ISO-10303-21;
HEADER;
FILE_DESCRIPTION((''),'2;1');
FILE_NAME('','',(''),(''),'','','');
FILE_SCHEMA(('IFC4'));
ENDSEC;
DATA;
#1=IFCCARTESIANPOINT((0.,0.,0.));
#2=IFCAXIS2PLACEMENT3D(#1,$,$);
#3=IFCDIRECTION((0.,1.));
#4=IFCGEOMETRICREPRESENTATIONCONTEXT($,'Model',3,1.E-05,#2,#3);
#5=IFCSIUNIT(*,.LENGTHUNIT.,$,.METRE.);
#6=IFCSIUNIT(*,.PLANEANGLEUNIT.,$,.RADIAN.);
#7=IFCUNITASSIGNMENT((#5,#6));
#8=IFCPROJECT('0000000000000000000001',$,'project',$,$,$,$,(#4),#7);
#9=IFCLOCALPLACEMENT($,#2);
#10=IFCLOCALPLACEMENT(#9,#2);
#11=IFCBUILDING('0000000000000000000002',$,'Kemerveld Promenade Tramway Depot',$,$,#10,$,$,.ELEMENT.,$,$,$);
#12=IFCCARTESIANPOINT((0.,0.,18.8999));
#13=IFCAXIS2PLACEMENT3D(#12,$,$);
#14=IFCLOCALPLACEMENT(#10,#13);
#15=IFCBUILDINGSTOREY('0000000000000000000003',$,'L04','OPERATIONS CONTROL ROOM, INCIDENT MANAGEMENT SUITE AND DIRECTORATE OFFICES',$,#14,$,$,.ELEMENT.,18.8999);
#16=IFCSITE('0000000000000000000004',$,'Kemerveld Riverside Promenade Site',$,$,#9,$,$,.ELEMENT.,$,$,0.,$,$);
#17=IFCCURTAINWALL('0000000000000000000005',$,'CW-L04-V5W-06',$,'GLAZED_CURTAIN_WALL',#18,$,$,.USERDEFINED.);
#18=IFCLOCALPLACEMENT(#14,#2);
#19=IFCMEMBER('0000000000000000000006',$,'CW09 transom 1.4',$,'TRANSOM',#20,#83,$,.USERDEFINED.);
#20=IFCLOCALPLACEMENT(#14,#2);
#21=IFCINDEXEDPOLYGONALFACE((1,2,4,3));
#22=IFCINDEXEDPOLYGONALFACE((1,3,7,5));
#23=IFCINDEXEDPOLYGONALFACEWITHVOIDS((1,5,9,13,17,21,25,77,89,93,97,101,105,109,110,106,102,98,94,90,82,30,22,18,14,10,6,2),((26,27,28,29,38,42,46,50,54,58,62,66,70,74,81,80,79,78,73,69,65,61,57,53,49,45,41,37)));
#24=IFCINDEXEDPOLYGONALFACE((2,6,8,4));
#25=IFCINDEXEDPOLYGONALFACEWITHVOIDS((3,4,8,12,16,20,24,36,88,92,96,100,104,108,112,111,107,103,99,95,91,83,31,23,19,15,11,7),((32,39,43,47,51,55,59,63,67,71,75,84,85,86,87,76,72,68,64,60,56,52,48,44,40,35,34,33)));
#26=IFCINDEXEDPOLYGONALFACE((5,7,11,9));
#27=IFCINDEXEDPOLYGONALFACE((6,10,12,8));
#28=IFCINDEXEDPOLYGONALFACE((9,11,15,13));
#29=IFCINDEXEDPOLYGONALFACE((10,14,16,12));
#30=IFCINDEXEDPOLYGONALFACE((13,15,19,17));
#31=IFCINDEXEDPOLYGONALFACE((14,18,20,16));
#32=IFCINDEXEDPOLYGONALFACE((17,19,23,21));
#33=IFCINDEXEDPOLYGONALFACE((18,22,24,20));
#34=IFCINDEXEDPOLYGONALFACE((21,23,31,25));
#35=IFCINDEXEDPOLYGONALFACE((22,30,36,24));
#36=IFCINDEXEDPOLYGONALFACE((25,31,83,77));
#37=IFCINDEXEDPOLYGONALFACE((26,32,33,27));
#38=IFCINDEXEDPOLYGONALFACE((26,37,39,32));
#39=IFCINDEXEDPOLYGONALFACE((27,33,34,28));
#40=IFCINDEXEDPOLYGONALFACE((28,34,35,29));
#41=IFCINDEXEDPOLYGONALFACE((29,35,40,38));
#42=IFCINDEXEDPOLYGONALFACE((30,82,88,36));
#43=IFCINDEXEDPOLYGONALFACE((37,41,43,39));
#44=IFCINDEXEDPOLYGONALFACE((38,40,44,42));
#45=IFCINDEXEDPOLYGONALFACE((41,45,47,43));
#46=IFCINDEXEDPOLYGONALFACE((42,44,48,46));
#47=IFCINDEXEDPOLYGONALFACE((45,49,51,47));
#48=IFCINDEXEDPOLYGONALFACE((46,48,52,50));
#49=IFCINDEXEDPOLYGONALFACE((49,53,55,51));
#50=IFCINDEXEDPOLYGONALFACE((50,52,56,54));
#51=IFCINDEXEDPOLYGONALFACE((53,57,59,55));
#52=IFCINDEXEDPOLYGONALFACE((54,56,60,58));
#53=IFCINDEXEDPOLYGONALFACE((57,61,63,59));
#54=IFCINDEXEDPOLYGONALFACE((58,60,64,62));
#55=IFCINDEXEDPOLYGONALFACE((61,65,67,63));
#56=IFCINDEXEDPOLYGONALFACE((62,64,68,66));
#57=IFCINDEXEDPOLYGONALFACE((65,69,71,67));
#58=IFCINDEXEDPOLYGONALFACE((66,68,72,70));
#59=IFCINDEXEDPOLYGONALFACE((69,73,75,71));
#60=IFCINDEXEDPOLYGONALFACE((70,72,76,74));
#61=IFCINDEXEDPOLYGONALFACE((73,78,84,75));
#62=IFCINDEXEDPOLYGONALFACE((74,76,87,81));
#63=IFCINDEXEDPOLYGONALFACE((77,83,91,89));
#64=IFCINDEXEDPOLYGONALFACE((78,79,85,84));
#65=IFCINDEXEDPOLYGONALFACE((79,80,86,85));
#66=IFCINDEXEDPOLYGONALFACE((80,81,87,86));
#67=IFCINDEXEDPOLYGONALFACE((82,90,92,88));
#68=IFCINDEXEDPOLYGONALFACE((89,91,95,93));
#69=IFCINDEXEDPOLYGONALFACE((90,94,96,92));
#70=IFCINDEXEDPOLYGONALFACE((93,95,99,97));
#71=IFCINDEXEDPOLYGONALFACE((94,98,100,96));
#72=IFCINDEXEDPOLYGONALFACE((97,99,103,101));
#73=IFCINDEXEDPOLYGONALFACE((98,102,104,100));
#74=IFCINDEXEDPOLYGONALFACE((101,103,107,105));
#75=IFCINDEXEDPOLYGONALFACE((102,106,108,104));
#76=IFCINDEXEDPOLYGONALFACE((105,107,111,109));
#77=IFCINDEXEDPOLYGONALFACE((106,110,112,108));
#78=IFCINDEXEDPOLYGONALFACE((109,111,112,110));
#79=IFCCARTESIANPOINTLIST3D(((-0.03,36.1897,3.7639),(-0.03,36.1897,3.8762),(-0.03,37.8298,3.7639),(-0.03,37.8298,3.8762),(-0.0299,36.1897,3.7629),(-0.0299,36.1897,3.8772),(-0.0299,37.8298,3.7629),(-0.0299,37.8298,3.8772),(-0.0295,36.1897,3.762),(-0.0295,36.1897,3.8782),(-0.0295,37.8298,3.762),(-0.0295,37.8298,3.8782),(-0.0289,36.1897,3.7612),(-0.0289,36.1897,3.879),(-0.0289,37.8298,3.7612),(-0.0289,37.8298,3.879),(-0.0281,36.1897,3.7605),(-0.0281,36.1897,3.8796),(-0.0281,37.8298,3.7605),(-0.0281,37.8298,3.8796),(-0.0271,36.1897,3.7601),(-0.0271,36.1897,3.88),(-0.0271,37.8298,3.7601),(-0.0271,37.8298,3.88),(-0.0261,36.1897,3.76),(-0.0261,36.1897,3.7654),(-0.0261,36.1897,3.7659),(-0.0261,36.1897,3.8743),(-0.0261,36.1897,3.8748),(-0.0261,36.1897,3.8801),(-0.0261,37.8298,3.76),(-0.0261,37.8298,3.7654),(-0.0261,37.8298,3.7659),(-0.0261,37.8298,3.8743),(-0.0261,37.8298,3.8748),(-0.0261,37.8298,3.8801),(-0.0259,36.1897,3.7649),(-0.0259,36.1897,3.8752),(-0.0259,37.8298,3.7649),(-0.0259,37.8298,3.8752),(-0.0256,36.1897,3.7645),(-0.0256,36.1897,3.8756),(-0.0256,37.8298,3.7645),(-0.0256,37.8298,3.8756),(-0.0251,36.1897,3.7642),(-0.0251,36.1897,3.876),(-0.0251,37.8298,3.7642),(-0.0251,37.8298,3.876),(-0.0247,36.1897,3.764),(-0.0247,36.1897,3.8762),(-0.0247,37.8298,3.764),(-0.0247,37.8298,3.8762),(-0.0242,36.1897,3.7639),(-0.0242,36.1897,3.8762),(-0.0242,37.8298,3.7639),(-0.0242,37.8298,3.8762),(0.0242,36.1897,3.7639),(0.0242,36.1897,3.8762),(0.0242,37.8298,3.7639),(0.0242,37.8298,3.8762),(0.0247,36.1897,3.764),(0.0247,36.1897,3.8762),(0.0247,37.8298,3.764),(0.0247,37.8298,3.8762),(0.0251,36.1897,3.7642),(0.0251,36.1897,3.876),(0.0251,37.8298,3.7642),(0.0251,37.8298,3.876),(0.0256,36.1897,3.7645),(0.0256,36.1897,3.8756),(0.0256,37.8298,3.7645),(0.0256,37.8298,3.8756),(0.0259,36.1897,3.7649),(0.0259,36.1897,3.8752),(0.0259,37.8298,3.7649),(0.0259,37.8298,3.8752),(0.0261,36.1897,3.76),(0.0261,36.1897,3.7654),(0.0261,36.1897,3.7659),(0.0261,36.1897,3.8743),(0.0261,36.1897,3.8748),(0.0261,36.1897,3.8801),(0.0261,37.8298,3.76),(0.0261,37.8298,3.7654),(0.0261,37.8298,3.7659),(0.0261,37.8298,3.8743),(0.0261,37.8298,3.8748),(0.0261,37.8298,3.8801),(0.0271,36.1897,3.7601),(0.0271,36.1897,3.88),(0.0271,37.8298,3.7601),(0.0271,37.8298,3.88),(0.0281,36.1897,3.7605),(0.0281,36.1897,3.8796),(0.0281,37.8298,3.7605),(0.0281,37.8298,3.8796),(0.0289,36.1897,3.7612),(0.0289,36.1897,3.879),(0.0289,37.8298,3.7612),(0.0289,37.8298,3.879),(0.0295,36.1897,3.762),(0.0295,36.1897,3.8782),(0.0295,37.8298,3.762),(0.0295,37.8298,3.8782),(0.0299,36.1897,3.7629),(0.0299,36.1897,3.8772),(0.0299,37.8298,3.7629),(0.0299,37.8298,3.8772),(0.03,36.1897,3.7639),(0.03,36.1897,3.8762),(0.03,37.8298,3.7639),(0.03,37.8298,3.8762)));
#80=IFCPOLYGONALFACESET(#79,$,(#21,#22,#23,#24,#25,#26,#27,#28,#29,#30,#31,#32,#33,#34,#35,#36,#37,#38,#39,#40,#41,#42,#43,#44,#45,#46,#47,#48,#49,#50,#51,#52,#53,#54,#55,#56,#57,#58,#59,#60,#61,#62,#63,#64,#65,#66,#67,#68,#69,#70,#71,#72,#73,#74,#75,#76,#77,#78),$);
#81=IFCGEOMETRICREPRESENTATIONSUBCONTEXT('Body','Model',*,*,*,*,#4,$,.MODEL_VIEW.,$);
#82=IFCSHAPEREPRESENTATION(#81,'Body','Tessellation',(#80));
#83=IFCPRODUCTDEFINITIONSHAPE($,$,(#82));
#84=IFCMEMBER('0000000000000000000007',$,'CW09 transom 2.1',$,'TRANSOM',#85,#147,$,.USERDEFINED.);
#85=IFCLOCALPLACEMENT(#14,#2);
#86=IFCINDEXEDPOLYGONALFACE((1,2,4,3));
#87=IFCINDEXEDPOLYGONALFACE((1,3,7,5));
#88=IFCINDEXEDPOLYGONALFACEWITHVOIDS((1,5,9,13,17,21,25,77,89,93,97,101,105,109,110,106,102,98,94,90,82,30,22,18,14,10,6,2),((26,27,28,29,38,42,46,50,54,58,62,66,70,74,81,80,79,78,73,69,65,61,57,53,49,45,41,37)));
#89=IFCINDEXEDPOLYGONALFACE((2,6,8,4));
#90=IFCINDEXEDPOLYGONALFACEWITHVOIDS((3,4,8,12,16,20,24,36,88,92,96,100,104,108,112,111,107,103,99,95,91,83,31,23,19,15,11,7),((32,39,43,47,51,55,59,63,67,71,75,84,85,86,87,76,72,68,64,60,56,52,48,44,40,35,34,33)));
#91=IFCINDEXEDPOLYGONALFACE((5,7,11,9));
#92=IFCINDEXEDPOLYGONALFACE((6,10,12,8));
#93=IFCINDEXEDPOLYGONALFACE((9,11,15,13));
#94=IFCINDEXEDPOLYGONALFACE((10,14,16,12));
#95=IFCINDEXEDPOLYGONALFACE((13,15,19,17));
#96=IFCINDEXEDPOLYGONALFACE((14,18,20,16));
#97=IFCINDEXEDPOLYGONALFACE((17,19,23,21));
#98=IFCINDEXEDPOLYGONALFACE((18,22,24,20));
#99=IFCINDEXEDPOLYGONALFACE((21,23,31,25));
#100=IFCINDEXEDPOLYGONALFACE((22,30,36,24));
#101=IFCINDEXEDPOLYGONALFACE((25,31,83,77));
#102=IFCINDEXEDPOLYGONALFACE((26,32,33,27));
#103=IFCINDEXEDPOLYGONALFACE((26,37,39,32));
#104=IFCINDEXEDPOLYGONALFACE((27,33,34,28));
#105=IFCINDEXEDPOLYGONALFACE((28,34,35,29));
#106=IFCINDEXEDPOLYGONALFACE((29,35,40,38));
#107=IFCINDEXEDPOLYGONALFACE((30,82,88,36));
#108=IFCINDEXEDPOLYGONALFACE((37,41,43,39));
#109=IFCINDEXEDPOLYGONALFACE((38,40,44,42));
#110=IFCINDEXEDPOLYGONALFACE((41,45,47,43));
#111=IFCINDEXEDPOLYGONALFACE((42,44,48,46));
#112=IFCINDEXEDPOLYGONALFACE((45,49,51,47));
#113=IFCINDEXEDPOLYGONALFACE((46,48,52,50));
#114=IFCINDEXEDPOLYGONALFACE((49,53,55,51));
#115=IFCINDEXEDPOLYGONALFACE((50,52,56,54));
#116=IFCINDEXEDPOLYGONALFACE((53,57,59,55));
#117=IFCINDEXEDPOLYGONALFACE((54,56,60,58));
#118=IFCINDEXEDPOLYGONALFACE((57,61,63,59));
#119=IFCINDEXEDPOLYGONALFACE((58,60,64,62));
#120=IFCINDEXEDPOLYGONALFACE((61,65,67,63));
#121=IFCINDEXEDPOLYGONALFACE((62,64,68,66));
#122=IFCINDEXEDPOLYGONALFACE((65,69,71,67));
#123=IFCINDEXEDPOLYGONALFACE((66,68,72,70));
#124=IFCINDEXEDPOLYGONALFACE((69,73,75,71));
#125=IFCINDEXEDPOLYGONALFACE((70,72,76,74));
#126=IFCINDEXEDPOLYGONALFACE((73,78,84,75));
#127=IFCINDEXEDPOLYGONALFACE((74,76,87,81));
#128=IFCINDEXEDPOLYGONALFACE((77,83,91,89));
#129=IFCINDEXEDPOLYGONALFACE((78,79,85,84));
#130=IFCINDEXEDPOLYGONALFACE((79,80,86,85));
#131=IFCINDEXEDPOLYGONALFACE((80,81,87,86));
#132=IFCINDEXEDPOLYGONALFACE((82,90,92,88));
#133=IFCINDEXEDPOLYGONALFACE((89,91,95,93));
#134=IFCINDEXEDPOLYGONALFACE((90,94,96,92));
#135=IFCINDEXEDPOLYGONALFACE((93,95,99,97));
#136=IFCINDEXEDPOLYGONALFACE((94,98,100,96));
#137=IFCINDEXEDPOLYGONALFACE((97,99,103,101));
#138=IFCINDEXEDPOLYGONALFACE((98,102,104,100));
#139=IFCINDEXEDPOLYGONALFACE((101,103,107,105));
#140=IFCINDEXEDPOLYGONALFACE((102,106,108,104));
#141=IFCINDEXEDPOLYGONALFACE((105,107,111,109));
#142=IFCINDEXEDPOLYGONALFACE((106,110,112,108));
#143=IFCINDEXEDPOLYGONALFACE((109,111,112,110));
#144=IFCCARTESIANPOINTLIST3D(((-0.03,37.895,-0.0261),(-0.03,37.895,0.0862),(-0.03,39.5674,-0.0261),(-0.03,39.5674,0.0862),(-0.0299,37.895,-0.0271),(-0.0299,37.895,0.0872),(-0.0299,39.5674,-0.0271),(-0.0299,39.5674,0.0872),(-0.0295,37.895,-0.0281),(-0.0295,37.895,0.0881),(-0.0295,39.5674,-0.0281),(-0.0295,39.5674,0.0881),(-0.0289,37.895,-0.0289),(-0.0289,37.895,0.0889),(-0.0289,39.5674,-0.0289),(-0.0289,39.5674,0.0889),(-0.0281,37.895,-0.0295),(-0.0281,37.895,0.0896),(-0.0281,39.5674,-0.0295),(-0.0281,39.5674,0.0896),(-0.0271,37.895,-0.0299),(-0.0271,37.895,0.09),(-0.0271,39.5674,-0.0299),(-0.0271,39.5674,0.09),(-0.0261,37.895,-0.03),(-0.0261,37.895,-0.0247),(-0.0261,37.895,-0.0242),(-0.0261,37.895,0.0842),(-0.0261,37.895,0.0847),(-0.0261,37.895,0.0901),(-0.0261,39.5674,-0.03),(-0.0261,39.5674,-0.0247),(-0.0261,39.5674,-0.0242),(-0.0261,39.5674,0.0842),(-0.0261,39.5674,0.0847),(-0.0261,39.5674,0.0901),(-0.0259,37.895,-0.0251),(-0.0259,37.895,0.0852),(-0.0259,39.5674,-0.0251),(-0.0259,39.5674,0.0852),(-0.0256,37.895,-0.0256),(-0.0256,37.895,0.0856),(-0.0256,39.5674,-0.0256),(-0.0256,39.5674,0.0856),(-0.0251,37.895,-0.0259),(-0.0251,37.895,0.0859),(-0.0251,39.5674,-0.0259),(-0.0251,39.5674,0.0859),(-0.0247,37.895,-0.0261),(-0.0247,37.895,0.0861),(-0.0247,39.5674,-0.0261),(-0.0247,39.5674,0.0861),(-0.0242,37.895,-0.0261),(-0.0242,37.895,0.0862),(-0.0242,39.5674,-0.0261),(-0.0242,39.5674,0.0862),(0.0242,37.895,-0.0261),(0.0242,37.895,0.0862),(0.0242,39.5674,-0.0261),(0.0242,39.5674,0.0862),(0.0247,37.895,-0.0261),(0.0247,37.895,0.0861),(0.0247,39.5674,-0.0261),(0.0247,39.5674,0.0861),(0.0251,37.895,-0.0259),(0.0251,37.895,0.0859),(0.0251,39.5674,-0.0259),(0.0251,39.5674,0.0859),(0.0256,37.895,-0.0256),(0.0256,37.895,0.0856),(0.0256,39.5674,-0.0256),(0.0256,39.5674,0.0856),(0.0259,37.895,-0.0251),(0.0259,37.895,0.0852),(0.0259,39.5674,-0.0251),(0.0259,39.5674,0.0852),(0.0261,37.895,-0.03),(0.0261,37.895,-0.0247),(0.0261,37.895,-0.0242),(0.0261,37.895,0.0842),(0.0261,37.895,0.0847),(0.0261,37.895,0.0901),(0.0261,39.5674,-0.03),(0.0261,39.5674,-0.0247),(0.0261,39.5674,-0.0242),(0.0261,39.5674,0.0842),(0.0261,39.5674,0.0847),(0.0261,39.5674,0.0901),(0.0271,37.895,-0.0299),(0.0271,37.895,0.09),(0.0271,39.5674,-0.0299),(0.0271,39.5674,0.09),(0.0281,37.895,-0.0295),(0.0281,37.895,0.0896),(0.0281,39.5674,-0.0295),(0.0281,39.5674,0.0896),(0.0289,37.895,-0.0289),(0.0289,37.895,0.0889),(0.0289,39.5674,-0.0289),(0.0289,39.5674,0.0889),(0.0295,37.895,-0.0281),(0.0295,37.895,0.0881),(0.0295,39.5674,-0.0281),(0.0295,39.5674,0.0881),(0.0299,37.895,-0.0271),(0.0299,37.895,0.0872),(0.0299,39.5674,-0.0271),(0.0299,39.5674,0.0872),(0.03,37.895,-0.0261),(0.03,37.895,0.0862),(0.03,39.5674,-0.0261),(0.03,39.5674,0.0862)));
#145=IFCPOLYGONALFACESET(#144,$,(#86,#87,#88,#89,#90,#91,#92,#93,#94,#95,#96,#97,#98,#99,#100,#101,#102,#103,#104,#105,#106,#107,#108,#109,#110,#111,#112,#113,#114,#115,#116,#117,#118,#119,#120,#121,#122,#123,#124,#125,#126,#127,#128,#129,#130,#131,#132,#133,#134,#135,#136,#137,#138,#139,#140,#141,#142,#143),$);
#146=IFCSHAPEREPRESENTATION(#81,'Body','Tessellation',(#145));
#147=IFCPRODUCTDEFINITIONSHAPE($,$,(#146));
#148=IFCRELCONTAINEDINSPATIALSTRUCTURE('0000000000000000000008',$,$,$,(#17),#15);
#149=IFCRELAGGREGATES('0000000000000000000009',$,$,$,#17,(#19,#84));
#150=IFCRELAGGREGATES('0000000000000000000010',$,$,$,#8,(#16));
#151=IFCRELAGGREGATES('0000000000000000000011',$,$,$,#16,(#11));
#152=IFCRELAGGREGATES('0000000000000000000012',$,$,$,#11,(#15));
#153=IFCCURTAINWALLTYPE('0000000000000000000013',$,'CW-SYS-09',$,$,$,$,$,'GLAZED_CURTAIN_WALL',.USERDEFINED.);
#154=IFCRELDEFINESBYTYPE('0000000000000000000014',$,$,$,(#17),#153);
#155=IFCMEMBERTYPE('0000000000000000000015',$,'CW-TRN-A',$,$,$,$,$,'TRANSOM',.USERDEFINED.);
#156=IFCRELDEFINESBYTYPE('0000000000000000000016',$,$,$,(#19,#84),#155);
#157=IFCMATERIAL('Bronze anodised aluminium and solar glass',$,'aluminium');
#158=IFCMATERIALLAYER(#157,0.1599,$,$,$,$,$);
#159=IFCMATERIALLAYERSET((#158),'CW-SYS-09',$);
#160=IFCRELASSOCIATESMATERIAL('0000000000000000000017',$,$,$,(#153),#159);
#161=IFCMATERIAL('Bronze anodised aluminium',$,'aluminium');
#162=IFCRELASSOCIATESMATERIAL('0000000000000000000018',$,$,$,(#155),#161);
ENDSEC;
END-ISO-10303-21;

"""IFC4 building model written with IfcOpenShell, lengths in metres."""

from ifc_helpers import new_model, si_unit, direction, frame, origin, origin_2d, place, context, subcontext, project, spatial, hollow_rectangle, extrude, material, layer, layer_set, material_profile, profile_set, type_object, element, aggregate, save


model = new_model("IFC4")

# Units and contexts
model_context = context("Model", 3, precision=1e-05, world=origin(), true_north=direction((0.0, 1.0)))
body_context = subcontext(model_context, "Body", "Model", "MODEL_VIEW")
ifc_project = project(units=[si_unit("LENGTHUNIT", "METRE"), si_unit("PLANEANGLEUNIT", "RADIAN")], contexts=[model_context])

# Site, building, storey
site_placement = place(None, origin())
site = spatial("IfcSite", under=ifc_project, at=site_placement, Name="Kemerveld Riverside Promenade Site", CompositionType="ELEMENT", RefElevation=0.0)
building_placement = place(site_placement, origin())
building = spatial("IfcBuilding", under=site, at=building_placement, Name="Kemerveld Promenade Tramway Depot", CompositionType="ELEMENT")
storey_placement = place(building_placement, frame((0.0, 0.0, 18.8999)))
storey = spatial("IfcBuildingStorey", under=building, at=storey_placement, Name="L04", Description="OPERATIONS CONTROL ROOM, INCIDENT MANAGEMENT SUITE AND DIRECTORATE OFFICES", CompositionType="ELEMENT", Elevation=18.8999)

# Curtain wall, members
ifc_material_1 = material(Name="Bronze anodised aluminium and solar glass", Category="aluminium")
ifc_layer_1 = layer(ifc_material_1, 0.1599)
ifc_layer_set_1 = layer_set([ifc_layer_1], Name="CW-SYS-09")
curtain_wall_type = type_object("IfcCurtainWallType", Name="CW-SYS-09", ElementType="GLAZED_CURTAIN_WALL", PredefinedType="USERDEFINED", material=ifc_layer_set_1)
curtain_wall_placement = place(storey_placement, origin())
curtain_wall = element("IfcCurtainWall", 1, at=curtain_wall_placement, inside=storey, type_object=curtain_wall_type, Name="CW-L04-V5W-06", ObjectType="GLAZED_CURTAIN_WALL", PredefinedType="USERDEFINED")
ifc_material_2 = material(Name="Bronze anodised aluminium", Category="aluminium")
ifc_material_profile_1 = material_profile(ifc_material_2, hollow_rectangle(XDim=0.0601, YDim=0.1201, WallThickness=0.0039, InnerFilletRadius=0.002, OuterFilletRadius=0.0039, at=origin_2d()), Name="CW-TRN-120x60")
ifc_profile_set_1 = profile_set([ifc_material_profile_1], Name="Bronze anodised aluminium")
member_type_1 = type_object("IfcMemberType", Name="CW-TRN-A", ElementType="TRANSOM", PredefinedType="USERDEFINED", material=ifc_profile_set_1)
member_1_placement = place(storey_placement, frame((0.0, 36.1897, 3.8201), z_axis=(0.0, 1.0, 0.0), x_axis=(-1.0, 0.0, 0.0)))
member_1 = element("IfcMember", 2, at=member_1_placement, type_object=member_type_1, Name="CW09 transom 1.4", ObjectType="TRANSOM", PredefinedType="USERDEFINED", context=body_context, shape_type="SweptSolid", body=[
    extrude(hollow_rectangle(XDim=0.0601, YDim=0.1201, WallThickness=0.0039, InnerFilletRadius=0.002, OuterFilletRadius=0.0039, at=origin_2d()), origin(), (0.0, 0.0, 1.0), 1.6401),
])
member_2_placement = place(storey_placement, frame((0.0, 37.895, 0.03), z_axis=(0.0, 1.0, 0.0), x_axis=(-1.0, 0.0, 0.0)))
member_2 = element("IfcMember", 3, at=member_2_placement, type_object=member_type_1, Name="CW09 transom 2.1", ObjectType="TRANSOM", PredefinedType="USERDEFINED", context=body_context, shape_type="SweptSolid", body=[
    extrude(hollow_rectangle(XDim=0.0601, YDim=0.1201, WallThickness=0.0039, InnerFilletRadius=0.002, OuterFilletRadius=0.0039, at=origin_2d()), origin(), (0.0, 0.0, 1.0), 1.6724),
])
aggregate(curtain_wall, [member_1, member_2])

save(model, "model.ifc")
